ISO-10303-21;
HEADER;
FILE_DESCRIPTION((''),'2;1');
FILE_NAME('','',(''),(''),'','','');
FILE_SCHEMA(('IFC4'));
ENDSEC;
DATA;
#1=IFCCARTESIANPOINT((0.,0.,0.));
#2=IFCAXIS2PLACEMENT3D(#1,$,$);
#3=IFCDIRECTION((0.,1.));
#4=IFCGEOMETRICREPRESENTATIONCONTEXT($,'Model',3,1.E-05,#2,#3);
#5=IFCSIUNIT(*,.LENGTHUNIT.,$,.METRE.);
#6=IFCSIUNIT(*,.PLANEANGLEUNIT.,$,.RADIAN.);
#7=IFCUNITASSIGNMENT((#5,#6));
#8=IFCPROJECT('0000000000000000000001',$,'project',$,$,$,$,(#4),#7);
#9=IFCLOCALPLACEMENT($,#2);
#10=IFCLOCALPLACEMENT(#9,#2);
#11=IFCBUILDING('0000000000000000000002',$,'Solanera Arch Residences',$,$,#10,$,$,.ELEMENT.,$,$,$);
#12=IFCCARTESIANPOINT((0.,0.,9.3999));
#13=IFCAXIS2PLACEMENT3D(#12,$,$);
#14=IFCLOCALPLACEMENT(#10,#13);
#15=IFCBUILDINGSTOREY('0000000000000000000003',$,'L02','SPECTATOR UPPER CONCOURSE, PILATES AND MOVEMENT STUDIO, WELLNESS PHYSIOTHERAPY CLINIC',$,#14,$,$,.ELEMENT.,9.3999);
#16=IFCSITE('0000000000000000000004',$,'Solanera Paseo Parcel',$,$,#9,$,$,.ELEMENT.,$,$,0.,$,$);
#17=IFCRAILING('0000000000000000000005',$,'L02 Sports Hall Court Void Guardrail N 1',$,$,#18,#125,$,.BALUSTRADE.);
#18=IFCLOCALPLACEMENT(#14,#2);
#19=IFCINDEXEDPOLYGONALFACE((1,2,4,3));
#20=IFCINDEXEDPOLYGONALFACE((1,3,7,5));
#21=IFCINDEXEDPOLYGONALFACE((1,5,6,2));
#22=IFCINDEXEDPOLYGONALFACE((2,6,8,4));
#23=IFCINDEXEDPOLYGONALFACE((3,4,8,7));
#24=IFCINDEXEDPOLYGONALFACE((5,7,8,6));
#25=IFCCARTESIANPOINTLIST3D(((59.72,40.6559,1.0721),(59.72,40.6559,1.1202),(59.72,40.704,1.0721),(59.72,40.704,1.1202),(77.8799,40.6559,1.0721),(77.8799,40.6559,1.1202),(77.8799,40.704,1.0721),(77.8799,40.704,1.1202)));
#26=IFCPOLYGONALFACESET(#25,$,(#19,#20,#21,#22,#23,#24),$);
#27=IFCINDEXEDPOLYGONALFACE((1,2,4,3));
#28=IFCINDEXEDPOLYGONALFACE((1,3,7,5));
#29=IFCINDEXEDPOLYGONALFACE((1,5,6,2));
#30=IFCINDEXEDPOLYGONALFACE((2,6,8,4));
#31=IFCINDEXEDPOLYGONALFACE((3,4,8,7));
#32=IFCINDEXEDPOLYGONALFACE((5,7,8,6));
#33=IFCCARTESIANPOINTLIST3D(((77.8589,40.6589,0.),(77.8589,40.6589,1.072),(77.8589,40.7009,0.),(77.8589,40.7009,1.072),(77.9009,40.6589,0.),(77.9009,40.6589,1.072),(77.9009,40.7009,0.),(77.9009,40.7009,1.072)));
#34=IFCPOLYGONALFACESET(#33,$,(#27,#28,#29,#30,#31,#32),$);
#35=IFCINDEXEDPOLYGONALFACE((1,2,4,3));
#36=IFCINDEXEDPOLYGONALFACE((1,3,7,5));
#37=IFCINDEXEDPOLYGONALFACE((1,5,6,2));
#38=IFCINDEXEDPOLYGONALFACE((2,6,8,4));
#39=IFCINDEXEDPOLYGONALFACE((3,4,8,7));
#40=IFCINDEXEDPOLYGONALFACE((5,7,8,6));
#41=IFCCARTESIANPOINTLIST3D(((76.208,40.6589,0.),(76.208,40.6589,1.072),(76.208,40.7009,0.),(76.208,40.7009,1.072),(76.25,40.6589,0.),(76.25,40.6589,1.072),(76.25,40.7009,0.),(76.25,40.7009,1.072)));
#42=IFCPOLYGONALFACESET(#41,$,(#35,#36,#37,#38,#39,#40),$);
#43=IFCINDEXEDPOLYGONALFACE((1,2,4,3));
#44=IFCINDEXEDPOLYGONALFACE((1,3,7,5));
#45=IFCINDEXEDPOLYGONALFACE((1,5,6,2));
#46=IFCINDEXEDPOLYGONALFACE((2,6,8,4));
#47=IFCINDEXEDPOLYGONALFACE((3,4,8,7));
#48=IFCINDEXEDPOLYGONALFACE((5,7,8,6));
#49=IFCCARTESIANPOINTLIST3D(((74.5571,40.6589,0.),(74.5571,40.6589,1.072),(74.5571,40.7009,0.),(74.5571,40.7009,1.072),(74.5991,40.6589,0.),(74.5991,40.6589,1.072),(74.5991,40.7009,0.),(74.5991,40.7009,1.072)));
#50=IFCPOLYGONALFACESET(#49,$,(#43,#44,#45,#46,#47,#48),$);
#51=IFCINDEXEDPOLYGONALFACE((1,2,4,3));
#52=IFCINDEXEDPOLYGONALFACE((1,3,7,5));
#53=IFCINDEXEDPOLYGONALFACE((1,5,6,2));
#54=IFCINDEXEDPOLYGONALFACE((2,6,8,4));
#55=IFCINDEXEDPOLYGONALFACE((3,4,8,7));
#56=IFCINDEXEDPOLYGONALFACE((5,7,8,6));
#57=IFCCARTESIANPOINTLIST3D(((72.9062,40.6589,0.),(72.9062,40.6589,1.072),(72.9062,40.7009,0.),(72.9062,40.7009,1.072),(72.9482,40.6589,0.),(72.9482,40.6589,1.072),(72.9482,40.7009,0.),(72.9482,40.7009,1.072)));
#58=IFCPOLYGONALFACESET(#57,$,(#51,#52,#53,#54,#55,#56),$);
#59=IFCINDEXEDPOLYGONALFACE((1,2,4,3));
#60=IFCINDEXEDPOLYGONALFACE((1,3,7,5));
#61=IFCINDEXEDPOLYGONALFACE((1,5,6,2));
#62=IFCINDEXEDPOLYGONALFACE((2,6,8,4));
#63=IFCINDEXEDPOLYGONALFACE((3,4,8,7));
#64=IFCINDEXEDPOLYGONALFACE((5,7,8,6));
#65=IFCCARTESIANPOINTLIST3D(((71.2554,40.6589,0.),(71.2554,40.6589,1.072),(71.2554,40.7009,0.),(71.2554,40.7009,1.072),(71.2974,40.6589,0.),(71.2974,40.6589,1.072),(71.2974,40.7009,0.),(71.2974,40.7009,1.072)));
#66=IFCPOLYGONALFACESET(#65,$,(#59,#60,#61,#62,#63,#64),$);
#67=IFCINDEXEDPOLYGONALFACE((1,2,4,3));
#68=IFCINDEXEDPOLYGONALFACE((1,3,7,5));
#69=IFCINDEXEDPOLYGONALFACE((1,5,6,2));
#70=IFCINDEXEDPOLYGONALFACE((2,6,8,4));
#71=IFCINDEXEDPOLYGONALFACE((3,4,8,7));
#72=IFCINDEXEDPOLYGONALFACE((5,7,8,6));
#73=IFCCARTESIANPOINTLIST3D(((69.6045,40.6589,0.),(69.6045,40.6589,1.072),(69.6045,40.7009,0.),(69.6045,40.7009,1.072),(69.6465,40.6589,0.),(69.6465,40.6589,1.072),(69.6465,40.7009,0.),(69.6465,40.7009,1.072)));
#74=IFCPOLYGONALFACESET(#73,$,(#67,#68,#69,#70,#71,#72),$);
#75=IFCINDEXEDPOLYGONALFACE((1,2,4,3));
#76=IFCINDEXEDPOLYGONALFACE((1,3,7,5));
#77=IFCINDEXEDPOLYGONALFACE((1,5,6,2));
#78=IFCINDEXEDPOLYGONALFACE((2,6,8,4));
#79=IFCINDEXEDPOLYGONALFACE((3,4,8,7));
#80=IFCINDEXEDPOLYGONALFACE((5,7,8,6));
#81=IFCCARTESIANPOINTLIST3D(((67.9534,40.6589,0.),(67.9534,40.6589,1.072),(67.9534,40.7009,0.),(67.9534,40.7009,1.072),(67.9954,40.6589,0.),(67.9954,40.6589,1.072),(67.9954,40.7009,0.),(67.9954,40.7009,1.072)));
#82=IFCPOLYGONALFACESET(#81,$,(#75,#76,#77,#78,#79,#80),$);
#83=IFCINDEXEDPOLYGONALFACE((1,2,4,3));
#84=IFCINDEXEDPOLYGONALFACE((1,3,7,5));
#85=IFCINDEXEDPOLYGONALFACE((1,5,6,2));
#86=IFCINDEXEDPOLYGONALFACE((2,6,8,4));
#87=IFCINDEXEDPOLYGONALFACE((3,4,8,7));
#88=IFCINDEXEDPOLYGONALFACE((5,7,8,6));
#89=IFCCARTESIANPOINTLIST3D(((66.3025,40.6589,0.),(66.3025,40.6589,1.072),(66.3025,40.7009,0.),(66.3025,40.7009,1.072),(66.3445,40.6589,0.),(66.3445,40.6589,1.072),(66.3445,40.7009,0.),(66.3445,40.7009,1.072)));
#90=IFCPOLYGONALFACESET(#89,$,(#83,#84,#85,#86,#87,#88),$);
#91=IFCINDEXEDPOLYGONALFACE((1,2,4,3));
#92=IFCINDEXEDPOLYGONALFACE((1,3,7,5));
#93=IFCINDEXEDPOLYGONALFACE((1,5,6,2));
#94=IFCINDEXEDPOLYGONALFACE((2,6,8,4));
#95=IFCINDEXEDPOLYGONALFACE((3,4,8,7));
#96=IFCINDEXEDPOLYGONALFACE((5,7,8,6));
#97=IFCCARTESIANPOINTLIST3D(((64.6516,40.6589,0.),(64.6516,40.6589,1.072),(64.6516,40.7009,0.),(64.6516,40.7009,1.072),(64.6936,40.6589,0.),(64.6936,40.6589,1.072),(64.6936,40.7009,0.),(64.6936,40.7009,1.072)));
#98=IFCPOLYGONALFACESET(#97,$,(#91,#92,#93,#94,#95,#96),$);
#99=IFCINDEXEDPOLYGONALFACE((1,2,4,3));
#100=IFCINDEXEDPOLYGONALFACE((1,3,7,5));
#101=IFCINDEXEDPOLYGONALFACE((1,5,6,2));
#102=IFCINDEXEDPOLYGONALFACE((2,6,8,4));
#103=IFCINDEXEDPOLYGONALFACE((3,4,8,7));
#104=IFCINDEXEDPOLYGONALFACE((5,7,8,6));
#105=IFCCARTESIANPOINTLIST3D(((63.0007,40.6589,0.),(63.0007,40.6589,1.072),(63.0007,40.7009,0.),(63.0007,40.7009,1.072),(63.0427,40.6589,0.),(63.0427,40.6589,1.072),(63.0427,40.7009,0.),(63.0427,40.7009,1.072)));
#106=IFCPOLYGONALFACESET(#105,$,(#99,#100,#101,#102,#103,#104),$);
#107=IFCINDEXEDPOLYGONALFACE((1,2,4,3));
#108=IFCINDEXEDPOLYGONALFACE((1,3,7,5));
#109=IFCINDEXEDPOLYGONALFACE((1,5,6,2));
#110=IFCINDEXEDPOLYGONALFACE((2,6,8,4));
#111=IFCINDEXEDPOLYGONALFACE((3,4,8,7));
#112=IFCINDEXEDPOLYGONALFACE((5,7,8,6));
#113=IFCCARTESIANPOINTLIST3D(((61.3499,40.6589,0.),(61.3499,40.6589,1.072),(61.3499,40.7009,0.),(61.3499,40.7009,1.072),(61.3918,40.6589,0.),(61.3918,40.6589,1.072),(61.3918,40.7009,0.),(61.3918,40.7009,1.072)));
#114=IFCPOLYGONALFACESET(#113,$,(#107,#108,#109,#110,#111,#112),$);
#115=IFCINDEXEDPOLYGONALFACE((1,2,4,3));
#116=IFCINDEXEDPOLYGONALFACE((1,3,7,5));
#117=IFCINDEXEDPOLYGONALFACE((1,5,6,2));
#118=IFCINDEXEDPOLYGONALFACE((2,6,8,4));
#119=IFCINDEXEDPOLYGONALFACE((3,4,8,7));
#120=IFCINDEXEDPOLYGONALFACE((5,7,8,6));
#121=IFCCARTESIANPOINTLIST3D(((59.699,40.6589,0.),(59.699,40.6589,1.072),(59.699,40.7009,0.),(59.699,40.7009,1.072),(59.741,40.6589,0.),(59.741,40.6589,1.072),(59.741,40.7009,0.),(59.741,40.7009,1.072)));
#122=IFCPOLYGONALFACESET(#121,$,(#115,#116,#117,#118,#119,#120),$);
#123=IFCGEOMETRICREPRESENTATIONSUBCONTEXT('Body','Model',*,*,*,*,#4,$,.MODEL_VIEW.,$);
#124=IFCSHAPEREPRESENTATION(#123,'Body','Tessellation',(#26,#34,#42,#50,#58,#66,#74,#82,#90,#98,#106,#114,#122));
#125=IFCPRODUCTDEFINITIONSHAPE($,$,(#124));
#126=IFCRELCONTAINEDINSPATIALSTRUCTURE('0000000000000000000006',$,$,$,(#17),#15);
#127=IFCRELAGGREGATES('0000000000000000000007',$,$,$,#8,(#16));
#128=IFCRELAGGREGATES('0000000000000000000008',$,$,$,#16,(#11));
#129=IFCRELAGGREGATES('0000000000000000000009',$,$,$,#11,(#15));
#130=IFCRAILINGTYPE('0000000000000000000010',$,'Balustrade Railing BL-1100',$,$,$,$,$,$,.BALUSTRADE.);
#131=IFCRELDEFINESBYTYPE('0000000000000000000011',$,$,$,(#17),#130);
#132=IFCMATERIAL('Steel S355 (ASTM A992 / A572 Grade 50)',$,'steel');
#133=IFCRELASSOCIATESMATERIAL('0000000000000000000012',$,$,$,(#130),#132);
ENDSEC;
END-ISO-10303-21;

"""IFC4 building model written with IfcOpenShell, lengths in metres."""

from ifc_helpers import new_model, si_unit, direction, frame, origin, origin_2d, place, context, subcontext, project, spatial, rectangle, extrude, material, type_object, element, save


model = new_model("IFC4")

# Units and contexts
model_context = context("Model", 3, precision=1e-05, world=origin(), true_north=direction((0.0, 1.0)))
body_context = subcontext(model_context, "Body", "Model", "MODEL_VIEW")
ifc_project = project(units=[si_unit("LENGTHUNIT", "METRE"), si_unit("PLANEANGLEUNIT", "RADIAN")], contexts=[model_context])

# Site, building, storey
site_placement = place(None, origin())
site = spatial("IfcSite", under=ifc_project, at=site_placement, Name="Solanera Paseo Parcel", CompositionType="ELEMENT", RefElevation=0.0)
building_placement = place(site_placement, origin())
building = spatial("IfcBuilding", under=site, at=building_placement, Name="Solanera Arch Residences", CompositionType="ELEMENT")
storey_placement = place(building_placement, frame((0.0, 0.0, 9.3999)))
storey = spatial("IfcBuildingStorey", under=building, at=storey_placement, Name="L02", Description="SPECTATOR UPPER CONCOURSE, PILATES AND MOVEMENT STUDIO, WELLNESS PHYSIOTHERAPY CLINIC", CompositionType="ELEMENT", Elevation=9.3999)

# Railing
ifc_material_1 = material(Name="Steel S355 (ASTM A992 / A572 Grade 50)", Category="steel")
railing_type = type_object("IfcRailingType", Name="Balustrade Railing BL-1100", PredefinedType="BALUSTRADE", material=ifc_material_1)
railing_placement = place(storey_placement, frame((77.8799, 40.6799, 0.0)))
element("IfcRailing", 1, at=railing_placement, inside=storey, type_object=railing_type, Name="L02 Sports Hall Court Void Guardrail N 1", PredefinedType="BALUSTRADE", context=body_context, shape_type="SweptSolid", body=[
    extrude(rectangle(XDim=0.0481, YDim=0.0481, at=origin_2d()), frame((0.0, 0.0, 1.0962), z_axis=(-1.0, 0.0, 0.0), x_axis=(0.0, -1.0, 0.0)), (0.0, 0.0, 1.0), 18.1599),
    extrude(rectangle(XDim=0.042, YDim=0.042, at=origin_2d()), origin(), (0.0, 0.0, 1.0), 1.072),
    extrude(rectangle(XDim=0.042, YDim=0.042, at=origin_2d()), frame((-1.6509, 0.0, 0.0)), (0.0, 0.0, 1.0), 1.072),
    extrude(rectangle(XDim=0.042, YDim=0.042, at=origin_2d()), frame((-3.3018, 0.0, 0.0)), (0.0, 0.0, 1.0), 1.072),
    extrude(rectangle(XDim=0.042, YDim=0.042, at=origin_2d()), frame((-4.9526, 0.0, 0.0)), (0.0, 0.0, 1.0), 1.072),
    extrude(rectangle(XDim=0.042, YDim=0.042, at=origin_2d()), frame((-6.6035, 0.0, 0.0)), (0.0, 0.0, 1.0), 1.072),
    extrude(rectangle(XDim=0.042, YDim=0.042, at=origin_2d()), frame((-8.2544, 0.0, 0.0)), (0.0, 0.0, 1.0), 1.072),
    extrude(rectangle(XDim=0.042, YDim=0.042, at=origin_2d()), frame((-9.9055, 0.0, 0.0)), (0.0, 0.0, 1.0), 1.072),
    extrude(rectangle(XDim=0.042, YDim=0.042, at=origin_2d()), frame((-11.5564, 0.0, 0.0)), (0.0, 0.0, 1.0), 1.072),
    extrude(rectangle(XDim=0.042, YDim=0.042, at=origin_2d()), frame((-13.2073, 0.0, 0.0)), (0.0, 0.0, 1.0), 1.072),
    extrude(rectangle(XDim=0.042, YDim=0.042, at=origin_2d()), frame((-14.8582, 0.0, 0.0)), (0.0, 0.0, 1.0), 1.072),
    extrude(rectangle(XDim=0.042, YDim=0.042, at=origin_2d()), frame((-16.509, 0.0, 0.0)), (0.0, 0.0, 1.0), 1.072),
    extrude(rectangle(XDim=0.042, YDim=0.042, at=origin_2d()), frame((-18.1599, 0.0, 0.0)), (0.0, 0.0, 1.0), 1.072),
])

save(model, "model.ifc")
